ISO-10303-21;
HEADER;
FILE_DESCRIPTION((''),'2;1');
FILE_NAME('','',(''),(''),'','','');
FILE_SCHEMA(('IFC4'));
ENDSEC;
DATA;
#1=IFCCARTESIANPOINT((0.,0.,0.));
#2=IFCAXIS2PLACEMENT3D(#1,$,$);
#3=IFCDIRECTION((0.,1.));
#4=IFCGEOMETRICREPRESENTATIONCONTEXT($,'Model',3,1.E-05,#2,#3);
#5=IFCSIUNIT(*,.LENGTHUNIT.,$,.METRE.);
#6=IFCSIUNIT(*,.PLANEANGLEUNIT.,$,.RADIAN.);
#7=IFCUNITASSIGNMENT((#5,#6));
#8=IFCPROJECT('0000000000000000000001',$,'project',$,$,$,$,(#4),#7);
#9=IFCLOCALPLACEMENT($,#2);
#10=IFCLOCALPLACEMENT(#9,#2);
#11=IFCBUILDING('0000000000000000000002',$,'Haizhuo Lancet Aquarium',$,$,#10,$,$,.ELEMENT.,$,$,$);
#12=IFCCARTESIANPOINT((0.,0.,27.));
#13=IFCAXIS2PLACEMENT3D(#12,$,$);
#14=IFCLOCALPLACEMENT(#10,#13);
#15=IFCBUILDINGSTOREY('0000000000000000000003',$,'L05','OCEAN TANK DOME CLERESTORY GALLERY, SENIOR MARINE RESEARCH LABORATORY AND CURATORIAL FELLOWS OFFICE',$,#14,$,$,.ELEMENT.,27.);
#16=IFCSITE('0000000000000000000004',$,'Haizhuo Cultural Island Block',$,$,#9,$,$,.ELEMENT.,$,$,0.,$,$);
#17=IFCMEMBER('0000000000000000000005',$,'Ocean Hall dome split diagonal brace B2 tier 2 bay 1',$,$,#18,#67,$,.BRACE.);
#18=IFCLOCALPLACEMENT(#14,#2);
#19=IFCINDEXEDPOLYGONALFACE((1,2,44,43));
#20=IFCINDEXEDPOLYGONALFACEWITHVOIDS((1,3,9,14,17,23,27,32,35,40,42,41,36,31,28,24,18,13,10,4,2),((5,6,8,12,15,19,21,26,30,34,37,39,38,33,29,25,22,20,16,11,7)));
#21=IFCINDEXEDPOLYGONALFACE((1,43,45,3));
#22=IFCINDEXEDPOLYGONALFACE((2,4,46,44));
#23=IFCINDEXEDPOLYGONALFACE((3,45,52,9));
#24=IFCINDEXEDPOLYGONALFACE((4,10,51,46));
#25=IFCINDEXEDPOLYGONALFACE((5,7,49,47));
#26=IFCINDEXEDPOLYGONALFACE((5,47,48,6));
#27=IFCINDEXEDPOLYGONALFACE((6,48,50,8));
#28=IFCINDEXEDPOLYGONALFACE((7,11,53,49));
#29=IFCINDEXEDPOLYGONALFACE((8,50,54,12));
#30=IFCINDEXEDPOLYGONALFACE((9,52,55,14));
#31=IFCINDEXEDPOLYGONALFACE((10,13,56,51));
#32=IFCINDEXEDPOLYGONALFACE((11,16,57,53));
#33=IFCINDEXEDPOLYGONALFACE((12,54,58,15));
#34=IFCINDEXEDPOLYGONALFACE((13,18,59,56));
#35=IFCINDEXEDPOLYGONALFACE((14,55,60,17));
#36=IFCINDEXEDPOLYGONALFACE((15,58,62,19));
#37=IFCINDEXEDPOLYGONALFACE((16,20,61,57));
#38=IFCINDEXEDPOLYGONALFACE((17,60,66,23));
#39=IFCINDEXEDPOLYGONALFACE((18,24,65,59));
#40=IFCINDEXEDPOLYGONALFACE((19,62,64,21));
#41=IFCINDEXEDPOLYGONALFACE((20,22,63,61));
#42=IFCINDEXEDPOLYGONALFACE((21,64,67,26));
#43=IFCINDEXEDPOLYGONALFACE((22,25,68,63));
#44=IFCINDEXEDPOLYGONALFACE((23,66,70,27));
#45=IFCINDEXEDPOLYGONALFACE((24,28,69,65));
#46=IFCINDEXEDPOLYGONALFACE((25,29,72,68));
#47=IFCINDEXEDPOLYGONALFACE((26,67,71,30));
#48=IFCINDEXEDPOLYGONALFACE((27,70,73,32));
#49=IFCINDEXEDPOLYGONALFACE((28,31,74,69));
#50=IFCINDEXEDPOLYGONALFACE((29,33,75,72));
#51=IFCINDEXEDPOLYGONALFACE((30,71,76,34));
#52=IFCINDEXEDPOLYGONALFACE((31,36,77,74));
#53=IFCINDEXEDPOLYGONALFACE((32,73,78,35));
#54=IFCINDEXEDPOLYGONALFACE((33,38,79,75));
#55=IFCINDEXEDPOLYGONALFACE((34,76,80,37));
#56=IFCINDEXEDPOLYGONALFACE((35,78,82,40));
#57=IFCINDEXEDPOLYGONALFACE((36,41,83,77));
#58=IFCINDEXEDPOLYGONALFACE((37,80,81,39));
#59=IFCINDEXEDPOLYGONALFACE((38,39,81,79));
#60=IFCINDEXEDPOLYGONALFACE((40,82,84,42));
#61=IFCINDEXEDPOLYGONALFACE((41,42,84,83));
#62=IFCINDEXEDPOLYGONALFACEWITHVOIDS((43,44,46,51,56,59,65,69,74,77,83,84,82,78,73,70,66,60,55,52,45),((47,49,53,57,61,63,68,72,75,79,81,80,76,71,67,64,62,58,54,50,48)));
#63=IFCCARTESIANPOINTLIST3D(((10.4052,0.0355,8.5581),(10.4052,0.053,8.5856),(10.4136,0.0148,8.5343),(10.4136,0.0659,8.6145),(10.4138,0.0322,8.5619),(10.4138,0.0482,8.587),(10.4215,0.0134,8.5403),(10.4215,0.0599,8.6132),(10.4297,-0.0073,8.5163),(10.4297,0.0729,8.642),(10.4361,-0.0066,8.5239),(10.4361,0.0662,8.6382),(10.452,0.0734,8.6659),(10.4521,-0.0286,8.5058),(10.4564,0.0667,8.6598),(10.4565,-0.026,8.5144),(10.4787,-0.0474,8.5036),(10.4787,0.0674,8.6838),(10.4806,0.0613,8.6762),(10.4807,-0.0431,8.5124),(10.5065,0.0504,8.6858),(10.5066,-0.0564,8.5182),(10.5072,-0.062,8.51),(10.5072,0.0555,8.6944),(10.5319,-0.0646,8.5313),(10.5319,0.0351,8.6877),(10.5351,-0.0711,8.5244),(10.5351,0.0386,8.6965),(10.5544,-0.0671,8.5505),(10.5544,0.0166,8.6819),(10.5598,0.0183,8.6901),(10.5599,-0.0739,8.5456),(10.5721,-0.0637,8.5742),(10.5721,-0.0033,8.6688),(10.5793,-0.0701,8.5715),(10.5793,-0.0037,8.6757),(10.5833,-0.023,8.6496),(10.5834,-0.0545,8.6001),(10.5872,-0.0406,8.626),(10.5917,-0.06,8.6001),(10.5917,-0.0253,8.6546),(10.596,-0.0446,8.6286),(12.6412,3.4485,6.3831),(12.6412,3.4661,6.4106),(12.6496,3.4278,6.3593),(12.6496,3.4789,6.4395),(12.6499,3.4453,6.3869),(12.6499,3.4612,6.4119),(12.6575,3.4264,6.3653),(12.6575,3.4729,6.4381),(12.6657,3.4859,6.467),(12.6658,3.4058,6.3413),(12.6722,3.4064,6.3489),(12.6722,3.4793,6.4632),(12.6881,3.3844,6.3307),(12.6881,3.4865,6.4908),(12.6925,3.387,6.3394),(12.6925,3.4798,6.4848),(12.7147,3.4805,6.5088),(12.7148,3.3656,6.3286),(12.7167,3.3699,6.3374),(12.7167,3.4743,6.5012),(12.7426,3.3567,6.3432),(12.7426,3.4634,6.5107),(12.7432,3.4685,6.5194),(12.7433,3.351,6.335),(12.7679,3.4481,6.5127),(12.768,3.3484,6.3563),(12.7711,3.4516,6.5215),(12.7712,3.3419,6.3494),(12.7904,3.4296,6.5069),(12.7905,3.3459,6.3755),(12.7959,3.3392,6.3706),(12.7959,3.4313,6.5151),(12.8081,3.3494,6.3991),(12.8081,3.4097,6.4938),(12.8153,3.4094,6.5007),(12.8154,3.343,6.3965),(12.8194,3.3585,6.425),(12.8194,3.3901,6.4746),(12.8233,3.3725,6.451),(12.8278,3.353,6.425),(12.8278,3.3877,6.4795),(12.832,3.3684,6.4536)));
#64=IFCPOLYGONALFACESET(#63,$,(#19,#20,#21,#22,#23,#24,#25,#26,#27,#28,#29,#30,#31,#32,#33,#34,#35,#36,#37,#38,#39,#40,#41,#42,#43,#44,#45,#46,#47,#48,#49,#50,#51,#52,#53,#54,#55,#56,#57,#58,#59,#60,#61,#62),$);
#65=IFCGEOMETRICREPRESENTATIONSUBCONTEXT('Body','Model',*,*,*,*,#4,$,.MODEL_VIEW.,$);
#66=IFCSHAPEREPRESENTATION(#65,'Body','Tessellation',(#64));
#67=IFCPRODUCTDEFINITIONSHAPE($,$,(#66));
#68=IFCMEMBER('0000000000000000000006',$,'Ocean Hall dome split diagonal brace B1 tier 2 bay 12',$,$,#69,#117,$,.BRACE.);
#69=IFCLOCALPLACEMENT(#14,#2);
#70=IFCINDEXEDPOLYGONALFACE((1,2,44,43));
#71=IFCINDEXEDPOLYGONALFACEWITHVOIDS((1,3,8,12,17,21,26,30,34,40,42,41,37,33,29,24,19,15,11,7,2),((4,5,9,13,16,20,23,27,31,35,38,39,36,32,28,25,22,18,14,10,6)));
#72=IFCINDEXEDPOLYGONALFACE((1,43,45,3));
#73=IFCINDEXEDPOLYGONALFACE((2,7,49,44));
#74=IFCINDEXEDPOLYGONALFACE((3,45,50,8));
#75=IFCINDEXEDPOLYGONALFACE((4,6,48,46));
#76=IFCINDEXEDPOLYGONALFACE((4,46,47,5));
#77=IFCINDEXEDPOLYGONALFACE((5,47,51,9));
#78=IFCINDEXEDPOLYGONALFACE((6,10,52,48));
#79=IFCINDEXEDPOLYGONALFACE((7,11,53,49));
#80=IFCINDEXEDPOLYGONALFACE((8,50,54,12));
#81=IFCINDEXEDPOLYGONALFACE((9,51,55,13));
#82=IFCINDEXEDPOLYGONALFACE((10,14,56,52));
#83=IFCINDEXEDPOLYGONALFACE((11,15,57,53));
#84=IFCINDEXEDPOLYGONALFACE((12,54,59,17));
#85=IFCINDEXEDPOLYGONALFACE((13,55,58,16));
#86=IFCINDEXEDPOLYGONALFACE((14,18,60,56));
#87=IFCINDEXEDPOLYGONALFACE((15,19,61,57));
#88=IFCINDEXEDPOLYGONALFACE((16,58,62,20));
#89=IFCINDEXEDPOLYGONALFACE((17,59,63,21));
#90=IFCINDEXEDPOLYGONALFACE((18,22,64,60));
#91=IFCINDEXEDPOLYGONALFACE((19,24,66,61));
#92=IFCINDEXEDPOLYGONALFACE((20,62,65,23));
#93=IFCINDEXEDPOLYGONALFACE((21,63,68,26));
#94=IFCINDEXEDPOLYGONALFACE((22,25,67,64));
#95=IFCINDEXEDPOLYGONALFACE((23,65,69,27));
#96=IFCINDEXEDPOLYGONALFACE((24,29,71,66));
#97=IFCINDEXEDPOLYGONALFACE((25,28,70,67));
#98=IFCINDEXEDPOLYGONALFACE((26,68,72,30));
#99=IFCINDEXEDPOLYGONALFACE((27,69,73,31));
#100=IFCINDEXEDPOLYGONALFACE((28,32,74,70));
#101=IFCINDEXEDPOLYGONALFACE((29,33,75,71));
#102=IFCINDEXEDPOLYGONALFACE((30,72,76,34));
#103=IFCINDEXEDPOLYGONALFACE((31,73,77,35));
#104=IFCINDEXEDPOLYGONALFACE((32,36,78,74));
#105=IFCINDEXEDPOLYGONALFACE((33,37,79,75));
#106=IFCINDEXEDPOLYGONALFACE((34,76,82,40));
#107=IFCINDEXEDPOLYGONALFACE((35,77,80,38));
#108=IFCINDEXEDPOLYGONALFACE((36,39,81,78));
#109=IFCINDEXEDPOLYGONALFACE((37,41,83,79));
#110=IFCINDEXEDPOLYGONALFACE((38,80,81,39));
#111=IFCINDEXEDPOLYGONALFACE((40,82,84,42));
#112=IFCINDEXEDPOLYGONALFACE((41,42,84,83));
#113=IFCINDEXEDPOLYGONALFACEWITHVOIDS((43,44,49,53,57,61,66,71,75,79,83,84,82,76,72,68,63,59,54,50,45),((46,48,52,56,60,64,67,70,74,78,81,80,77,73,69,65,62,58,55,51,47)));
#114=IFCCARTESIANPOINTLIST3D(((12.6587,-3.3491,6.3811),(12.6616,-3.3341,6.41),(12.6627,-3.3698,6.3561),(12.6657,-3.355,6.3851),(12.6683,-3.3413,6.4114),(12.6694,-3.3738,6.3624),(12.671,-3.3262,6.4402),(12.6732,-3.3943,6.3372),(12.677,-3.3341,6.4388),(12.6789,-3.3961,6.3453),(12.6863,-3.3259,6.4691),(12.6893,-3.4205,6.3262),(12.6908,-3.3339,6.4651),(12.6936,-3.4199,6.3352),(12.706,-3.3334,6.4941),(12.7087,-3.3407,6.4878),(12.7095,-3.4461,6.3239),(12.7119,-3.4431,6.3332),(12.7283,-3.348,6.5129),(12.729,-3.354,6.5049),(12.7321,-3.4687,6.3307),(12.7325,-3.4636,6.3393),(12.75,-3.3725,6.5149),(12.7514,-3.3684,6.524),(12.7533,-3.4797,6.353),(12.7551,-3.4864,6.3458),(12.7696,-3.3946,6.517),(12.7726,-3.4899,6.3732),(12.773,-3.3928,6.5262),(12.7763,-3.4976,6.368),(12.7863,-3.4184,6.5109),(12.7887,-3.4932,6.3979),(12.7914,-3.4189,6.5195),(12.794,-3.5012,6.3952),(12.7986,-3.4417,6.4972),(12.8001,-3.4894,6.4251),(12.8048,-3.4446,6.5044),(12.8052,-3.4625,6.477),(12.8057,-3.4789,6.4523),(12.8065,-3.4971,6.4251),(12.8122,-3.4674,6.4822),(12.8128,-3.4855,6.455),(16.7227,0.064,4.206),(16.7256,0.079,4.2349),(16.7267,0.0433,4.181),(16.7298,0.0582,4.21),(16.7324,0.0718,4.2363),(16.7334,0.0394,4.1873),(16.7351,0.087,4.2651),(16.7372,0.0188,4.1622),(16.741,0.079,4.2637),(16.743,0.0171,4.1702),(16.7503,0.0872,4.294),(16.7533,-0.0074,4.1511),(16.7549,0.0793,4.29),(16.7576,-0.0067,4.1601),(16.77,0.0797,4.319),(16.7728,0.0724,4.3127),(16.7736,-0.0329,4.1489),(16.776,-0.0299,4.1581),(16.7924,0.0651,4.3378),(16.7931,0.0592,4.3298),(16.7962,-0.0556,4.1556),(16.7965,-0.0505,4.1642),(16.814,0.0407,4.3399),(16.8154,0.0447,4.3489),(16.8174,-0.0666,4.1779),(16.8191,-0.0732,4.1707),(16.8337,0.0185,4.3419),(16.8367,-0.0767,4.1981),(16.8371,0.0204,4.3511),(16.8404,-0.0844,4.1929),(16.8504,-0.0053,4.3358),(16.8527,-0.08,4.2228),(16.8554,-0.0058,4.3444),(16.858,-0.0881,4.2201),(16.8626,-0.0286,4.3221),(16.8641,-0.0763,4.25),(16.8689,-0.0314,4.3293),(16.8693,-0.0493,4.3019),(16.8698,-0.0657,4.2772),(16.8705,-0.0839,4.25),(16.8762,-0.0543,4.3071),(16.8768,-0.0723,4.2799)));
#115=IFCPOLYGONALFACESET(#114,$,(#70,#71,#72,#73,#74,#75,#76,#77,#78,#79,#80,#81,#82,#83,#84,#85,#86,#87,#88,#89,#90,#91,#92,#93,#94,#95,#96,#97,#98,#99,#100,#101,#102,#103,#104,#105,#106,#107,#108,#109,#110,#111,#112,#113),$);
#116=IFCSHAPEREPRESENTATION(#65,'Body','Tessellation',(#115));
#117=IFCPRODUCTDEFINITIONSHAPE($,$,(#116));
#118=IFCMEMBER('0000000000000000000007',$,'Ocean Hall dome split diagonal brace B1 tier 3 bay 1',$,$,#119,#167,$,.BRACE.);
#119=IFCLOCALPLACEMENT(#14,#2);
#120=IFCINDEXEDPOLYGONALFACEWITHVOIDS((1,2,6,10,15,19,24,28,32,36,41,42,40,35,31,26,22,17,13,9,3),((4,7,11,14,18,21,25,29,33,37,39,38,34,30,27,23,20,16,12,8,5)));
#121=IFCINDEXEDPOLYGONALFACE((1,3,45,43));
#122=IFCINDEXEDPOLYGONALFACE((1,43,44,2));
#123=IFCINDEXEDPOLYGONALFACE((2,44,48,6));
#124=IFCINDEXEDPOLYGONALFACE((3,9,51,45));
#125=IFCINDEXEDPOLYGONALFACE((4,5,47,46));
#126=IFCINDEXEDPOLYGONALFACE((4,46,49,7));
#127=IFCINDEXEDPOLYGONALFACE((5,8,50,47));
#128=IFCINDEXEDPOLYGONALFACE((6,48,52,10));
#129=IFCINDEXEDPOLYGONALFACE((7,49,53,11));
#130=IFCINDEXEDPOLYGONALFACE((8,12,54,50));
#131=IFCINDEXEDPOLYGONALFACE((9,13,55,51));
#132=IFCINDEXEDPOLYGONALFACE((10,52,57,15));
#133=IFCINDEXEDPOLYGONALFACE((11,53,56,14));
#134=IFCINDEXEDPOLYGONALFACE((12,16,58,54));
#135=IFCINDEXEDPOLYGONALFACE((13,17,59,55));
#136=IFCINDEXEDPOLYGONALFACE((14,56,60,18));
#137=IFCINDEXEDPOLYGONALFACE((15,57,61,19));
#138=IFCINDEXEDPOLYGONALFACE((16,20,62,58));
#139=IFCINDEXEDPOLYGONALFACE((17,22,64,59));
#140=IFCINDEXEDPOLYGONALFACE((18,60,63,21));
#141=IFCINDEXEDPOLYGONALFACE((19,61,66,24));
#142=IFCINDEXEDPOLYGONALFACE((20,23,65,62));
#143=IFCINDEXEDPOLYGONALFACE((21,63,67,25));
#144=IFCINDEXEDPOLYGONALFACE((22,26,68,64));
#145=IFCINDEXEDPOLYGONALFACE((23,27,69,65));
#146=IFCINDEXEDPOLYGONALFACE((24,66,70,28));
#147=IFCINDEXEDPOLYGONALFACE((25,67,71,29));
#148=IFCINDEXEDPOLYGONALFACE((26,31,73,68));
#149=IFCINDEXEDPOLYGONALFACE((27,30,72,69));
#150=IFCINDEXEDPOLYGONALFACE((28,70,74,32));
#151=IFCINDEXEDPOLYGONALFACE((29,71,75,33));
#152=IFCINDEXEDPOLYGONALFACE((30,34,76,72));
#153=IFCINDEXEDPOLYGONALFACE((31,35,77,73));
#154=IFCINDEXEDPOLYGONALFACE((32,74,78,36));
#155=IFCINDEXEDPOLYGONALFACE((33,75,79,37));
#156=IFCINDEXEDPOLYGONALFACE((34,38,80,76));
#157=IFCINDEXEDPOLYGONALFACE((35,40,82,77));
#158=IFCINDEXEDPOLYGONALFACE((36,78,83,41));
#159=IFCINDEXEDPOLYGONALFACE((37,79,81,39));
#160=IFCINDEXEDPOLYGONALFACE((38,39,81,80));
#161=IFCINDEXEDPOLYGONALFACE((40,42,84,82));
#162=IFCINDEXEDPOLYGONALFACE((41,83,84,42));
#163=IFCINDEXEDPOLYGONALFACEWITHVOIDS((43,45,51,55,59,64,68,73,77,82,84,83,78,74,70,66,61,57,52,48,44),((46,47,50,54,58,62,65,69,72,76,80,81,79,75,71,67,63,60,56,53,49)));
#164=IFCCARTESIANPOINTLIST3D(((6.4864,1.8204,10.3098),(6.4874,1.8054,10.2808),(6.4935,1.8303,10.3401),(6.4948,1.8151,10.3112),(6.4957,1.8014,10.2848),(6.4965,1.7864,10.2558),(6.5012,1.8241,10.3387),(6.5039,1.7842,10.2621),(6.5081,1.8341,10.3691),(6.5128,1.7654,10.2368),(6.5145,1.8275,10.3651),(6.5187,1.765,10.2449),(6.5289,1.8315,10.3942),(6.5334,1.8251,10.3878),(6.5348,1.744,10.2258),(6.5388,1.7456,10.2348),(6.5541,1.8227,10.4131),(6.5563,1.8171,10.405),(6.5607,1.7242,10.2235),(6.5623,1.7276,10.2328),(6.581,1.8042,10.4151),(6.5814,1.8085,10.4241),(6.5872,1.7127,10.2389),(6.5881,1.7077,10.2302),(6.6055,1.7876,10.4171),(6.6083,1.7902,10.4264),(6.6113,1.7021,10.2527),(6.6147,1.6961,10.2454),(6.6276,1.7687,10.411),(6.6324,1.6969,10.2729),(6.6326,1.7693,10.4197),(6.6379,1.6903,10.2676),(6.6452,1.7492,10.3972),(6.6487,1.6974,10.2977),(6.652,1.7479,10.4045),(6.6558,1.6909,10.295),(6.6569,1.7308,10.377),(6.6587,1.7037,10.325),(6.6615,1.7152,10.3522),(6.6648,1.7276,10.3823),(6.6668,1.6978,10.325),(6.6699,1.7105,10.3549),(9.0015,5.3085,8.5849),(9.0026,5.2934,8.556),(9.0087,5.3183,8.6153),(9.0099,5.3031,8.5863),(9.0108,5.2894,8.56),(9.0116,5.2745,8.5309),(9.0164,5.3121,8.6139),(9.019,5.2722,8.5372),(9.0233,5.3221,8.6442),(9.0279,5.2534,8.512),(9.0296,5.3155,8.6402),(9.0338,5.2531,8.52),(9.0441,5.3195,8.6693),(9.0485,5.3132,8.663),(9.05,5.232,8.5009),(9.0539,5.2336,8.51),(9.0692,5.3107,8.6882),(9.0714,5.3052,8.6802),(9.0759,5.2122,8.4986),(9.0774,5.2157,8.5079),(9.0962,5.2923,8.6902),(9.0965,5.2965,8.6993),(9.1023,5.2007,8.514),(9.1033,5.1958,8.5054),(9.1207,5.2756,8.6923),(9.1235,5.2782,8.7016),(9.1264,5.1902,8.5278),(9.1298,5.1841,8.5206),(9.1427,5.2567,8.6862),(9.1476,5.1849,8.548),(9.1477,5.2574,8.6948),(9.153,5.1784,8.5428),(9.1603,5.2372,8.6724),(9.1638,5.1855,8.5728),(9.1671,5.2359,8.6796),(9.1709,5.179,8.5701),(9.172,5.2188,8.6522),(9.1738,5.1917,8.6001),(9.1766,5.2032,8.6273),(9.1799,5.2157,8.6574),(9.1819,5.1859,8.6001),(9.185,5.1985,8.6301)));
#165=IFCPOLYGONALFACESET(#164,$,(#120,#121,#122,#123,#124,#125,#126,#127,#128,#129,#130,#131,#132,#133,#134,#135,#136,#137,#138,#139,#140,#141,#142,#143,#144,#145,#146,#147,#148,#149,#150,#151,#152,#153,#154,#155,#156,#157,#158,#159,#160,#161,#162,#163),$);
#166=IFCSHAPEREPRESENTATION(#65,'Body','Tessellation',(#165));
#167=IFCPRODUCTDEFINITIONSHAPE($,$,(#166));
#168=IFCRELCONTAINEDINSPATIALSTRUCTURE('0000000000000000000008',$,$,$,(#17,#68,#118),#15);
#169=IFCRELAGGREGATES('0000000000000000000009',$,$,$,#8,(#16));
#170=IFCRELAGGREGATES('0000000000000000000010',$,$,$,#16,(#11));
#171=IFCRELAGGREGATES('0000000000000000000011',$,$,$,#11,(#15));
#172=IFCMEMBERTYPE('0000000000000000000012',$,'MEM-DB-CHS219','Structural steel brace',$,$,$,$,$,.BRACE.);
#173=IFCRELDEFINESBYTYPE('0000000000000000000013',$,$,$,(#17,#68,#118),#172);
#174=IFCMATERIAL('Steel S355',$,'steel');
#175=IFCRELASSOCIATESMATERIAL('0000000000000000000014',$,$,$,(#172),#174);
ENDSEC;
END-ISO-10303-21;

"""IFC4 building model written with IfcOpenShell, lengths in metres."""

from ifc_helpers import new_model, si_unit, direction, frame, origin, origin_2d, place, context, subcontext, project, spatial, hollow_circle, extrude, material, material_profile, profile_set, type_object, element, save


model = new_model("IFC4")

# Units and contexts
model_context = context("Model", 3, precision=1e-05, world=origin(), true_north=direction((0.0, 1.0)))
body_context = subcontext(model_context, "Body", "Model", "MODEL_VIEW")
ifc_project = project(units=[si_unit("LENGTHUNIT", "METRE"), si_unit("PLANEANGLEUNIT", "RADIAN")], contexts=[model_context])

# Site, building, storey
site_placement = place(None, origin())
site = spatial("IfcSite", under=ifc_project, at=site_placement, Name="Haizhuo Cultural Island Block", CompositionType="ELEMENT", RefElevation=0.0)
building_placement = place(site_placement, origin())
building = spatial("IfcBuilding", under=site, at=building_placement, Name="Haizhuo Lancet Aquarium", CompositionType="ELEMENT")
storey_placement = place(building_placement, frame((0.0, 0.0, 27.0)))
storey = spatial("IfcBuildingStorey", under=building, at=storey_placement, Name="L05", Description="OCEAN TANK DOME CLERESTORY GALLERY, SENIOR MARINE RESEARCH LABORATORY AND CURATORIAL FELLOWS OFFICE", CompositionType="ELEMENT", Elevation=27.0)

# Members
ifc_material_1 = material(Name="Steel S355", Category="steel")
ifc_material_profile_1 = material_profile(ifc_material_1, hollow_circle(Radius=0.1096, WallThickness=0.01, at=origin_2d()), Name="CHS 219x10")
ifc_profile_set_1 = profile_set([ifc_material_profile_1], Name="Steel S355")
member_type_1 = type_object("IfcMemberType", Name="MEM-DB-CHS219", Description="Structural steel brace", PredefinedType="BRACE", material=ifc_profile_set_1)
member_1_placement = place(storey_placement, frame((12.7361, 3.4131, 6.425), z_axis=(-0.483597, -0.738147, 0.470397), x_axis=(0.83647, -0.548013, 0.0)))
element("IfcMember", 1, at=member_1_placement, inside=storey, type_object=member_type_1, Name="Ocean Hall dome split diagonal brace B2 tier 2 bay 1", PredefinedType="BRACE", context=body_context, shape_type="SweptSolid", body=[
    extrude(hollow_circle(Radius=0.1096, WallThickness=0.01, at=origin_2d()), origin(), (0.0, 0.0, 1.0), 4.6238),
])
member_2_placement = place(storey_placement, frame((16.8, 0.0, 4.25), z_axis=(-0.708565, -0.595082, 0.379227), x_axis=(0.643121, -0.765765, 0.0)))
element("IfcMember", 2, at=member_2_placement, inside=storey, type_object=member_type_1, Name="Ocean Hall dome split diagonal brace B1 tier 2 bay 12", PredefinedType="BRACE", context=body_context, shape_type="SweptSolid", body=[
    extrude(hollow_circle(Radius=0.1096, WallThickness=0.01, at=origin_2d()), origin(), (0.0, 0.0, 1.0), 5.7356),
])
member_3_placement = place(storey_placement, frame((9.093, 5.25, 8.6001), z_axis=(-0.54284, -0.75282, 0.372274), x_axis=(0.811121, -0.584879, 0.0)))
element("IfcMember", 3, at=member_3_placement, inside=storey, type_object=member_type_1, Name="Ocean Hall dome split diagonal brace B1 tier 3 bay 1", PredefinedType="BRACE", context=body_context, shape_type="SweptSolid", body=[
    extrude(hollow_circle(Radius=0.1096, WallThickness=0.01, at=origin_2d()), origin(), (0.0, 0.0, 1.0), 4.6333),
])

save(model, "model.ifc")
